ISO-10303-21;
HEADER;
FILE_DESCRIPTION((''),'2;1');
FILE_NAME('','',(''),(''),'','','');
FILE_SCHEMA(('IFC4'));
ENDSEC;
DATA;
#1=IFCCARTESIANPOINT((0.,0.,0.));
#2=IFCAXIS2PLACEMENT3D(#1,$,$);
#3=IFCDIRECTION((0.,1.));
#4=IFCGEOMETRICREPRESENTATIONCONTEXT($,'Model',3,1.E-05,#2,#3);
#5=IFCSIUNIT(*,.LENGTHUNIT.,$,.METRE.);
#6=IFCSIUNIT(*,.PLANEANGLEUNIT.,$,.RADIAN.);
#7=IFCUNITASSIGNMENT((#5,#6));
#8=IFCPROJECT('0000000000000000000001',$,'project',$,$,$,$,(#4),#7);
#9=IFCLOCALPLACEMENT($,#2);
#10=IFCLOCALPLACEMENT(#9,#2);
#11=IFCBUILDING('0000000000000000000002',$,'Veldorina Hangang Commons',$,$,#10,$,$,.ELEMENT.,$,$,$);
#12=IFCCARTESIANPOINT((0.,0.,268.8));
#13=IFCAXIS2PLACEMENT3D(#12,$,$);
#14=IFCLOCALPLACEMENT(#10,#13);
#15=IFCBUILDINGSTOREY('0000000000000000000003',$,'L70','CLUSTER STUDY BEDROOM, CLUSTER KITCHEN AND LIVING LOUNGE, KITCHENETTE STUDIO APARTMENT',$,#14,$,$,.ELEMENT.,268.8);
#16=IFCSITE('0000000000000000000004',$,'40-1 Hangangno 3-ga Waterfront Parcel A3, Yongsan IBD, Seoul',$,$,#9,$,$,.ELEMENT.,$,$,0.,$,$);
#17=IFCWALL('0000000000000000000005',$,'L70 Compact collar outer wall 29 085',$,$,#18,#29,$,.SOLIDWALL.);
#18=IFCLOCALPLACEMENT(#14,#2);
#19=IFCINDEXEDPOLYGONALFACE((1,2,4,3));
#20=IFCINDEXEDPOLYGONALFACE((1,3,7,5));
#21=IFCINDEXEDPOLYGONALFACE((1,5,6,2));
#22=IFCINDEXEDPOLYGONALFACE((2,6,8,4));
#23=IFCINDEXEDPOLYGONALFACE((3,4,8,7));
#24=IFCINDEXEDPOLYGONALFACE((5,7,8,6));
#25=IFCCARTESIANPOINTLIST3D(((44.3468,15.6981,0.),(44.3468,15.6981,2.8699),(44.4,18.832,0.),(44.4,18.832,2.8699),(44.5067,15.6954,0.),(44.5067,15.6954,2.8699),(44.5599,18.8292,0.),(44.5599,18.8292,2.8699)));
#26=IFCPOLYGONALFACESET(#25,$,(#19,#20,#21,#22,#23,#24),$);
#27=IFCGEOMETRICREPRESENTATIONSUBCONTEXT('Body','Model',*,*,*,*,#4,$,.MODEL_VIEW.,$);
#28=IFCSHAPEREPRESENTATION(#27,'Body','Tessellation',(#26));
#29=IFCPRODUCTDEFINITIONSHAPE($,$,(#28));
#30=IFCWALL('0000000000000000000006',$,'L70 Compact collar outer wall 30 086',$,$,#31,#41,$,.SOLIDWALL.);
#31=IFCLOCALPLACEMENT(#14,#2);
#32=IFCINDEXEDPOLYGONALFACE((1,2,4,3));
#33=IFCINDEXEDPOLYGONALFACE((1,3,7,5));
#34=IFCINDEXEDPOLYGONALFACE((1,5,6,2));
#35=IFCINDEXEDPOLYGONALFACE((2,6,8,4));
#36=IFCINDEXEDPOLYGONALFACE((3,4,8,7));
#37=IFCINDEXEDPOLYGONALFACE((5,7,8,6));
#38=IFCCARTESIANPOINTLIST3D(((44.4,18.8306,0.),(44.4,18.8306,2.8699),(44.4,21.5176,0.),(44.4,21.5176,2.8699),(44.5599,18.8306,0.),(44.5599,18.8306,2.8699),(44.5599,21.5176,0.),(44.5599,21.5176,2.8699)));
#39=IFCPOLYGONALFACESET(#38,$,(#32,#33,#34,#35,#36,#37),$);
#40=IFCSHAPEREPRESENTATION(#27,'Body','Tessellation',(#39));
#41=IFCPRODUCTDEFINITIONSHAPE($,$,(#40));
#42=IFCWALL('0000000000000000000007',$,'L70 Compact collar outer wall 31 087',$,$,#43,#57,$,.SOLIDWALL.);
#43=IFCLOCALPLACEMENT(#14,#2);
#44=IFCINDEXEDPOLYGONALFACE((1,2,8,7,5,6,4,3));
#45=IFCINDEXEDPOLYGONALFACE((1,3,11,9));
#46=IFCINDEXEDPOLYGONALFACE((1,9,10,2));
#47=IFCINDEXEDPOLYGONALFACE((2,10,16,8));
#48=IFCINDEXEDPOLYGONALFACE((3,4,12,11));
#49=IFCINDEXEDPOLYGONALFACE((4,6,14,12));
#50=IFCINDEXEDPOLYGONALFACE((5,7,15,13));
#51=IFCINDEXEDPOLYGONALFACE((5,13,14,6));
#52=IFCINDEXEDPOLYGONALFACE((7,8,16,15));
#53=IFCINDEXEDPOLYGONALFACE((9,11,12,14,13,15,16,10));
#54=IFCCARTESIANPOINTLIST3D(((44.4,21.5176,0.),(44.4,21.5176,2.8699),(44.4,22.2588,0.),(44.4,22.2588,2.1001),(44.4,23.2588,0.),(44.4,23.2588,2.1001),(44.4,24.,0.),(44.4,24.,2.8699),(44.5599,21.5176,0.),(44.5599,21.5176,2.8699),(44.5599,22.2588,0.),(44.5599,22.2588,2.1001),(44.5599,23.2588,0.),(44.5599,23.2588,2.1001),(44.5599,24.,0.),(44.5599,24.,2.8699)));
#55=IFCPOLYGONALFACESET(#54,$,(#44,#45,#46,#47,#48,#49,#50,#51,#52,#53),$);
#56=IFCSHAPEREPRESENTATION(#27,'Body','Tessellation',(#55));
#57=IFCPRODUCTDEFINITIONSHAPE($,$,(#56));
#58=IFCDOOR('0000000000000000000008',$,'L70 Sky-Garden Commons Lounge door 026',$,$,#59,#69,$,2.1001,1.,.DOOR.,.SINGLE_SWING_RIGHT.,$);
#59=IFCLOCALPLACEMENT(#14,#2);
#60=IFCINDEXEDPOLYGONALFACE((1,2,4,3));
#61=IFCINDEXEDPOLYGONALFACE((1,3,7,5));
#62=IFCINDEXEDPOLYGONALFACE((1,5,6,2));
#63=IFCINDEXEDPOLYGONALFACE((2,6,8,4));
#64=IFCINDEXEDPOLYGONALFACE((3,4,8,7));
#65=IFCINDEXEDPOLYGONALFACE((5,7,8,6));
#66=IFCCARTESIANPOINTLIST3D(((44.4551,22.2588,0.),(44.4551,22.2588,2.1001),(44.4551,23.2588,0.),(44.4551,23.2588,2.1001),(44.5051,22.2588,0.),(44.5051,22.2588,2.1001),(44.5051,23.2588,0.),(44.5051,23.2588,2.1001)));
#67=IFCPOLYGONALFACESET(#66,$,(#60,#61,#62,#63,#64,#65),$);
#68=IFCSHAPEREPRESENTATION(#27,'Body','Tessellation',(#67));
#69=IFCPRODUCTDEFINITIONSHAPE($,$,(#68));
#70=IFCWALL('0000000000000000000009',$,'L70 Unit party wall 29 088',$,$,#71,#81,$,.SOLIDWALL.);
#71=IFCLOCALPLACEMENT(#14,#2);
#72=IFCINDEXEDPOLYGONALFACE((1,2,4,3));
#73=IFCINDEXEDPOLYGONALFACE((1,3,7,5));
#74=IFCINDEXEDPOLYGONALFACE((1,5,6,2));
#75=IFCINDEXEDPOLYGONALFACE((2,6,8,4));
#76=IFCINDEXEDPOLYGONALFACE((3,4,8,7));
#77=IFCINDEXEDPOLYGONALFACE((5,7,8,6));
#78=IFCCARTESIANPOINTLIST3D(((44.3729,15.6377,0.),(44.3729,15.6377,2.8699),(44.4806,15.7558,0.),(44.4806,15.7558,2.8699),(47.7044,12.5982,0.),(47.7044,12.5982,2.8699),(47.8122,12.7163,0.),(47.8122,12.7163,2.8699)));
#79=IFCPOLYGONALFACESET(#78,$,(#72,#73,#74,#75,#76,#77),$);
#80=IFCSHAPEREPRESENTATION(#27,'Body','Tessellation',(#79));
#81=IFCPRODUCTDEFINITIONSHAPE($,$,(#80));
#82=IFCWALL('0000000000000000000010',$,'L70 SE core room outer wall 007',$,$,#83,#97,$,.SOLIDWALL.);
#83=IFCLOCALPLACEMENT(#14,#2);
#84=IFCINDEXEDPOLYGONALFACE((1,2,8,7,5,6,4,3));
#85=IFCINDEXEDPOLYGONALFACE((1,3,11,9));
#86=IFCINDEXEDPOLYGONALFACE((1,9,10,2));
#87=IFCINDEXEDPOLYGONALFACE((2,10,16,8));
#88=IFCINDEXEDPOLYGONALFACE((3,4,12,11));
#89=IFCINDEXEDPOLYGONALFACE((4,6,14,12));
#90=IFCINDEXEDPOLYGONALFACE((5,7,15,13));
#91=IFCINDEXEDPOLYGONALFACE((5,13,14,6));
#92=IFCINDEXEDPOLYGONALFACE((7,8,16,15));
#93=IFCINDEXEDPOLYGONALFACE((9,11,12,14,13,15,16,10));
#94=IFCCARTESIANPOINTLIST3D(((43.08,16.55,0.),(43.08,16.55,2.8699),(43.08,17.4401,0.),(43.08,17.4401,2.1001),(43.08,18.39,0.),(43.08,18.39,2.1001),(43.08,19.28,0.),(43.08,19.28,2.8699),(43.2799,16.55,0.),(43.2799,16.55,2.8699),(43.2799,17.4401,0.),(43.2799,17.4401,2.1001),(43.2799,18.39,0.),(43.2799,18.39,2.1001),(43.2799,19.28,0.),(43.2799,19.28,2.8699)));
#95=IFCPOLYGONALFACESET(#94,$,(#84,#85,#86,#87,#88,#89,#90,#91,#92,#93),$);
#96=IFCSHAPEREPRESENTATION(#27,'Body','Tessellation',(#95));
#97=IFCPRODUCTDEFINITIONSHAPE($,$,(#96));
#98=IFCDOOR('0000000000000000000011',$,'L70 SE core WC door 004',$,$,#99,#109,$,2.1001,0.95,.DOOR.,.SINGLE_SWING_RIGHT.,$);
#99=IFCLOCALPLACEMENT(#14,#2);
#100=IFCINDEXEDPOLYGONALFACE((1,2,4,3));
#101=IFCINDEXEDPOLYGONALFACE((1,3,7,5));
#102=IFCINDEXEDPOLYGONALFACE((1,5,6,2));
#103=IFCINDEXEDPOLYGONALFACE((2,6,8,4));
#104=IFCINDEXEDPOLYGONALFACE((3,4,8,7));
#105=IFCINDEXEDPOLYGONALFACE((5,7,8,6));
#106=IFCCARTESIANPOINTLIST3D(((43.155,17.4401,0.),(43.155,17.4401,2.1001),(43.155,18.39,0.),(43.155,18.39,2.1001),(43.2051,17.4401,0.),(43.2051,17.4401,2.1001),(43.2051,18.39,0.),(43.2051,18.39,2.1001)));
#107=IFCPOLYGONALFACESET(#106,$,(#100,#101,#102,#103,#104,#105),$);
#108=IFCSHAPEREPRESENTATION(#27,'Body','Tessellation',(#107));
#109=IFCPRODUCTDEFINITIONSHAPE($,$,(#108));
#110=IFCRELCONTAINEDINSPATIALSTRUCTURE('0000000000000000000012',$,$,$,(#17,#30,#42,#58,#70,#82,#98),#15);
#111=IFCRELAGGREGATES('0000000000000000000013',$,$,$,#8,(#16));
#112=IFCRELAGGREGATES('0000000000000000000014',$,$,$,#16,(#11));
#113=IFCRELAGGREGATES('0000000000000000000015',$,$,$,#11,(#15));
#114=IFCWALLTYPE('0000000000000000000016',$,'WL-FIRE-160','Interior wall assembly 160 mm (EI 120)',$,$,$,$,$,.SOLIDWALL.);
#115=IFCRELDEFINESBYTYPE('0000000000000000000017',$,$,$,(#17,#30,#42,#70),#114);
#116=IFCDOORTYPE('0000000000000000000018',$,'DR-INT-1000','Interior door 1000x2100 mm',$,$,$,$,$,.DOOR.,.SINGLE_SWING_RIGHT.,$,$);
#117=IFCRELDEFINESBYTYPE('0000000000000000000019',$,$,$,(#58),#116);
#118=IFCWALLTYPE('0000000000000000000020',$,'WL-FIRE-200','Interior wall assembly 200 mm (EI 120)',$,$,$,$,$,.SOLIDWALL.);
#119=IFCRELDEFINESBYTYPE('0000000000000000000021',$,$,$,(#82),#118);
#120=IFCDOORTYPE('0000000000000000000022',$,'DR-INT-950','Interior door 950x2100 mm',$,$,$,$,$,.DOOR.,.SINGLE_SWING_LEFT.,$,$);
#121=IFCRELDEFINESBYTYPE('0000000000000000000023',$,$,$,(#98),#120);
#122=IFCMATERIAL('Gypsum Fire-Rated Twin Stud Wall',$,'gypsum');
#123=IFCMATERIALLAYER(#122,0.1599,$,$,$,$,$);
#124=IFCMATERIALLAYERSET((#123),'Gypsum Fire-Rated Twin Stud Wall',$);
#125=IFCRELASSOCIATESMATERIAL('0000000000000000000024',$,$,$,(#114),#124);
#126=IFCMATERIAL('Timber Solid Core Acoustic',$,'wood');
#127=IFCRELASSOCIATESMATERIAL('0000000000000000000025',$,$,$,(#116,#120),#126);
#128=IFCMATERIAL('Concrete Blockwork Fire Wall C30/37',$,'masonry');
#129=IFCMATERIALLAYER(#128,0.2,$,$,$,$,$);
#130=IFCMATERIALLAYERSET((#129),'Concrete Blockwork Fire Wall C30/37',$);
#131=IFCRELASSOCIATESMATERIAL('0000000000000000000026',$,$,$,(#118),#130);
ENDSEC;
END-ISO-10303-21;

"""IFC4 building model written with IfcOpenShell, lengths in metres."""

from ifc_helpers import new_model, si_unit, direction, frame, frame_2d, origin, place, context, subcontext, project, spatial, rectangle, extrude, material, layer, layer_set, type_object, element, fill, save


model = new_model("IFC4")

# Units and contexts
model_context = context("Model", 3, precision=1e-05, world=origin(), true_north=direction((0.0, 1.0)))
body_context = subcontext(model_context, "Body", "Model", "MODEL_VIEW")
ifc_project = project(units=[si_unit("LENGTHUNIT", "METRE"), si_unit("PLANEANGLEUNIT", "RADIAN")], contexts=[model_context])

# Site, building, storey
site_placement = place(None, origin())
site = spatial("IfcSite", under=ifc_project, at=site_placement, Name="40-1 Hangangno 3-ga Waterfront Parcel A3, Yongsan IBD, Seoul", CompositionType="ELEMENT", RefElevation=0.0)
building_placement = place(site_placement, origin())
building = spatial("IfcBuilding", under=site, at=building_placement, Name="Veldorina Hangang Commons", CompositionType="ELEMENT")
storey_placement = place(building_placement, frame((0.0, 0.0, 268.8)))
storey = spatial("IfcBuildingStorey", under=building, at=storey_placement, Name="L70", Description="CLUSTER STUDY BEDROOM, CLUSTER KITCHEN AND LIVING LOUNGE, KITCHENETTE STUDIO APARTMENT", CompositionType="ELEMENT", Elevation=268.8)

# Walls
ifc_material_1 = material(Name="Gypsum Fire-Rated Twin Stud Wall", Category="gypsum")
ifc_layer_1 = layer(ifc_material_1, 0.1599)
ifc_layer_set_1 = layer_set([ifc_layer_1], Name="Gypsum Fire-Rated Twin Stud Wall")
wall_type_1 = type_object("IfcWallType", Name="WL-FIRE-160", Description="Interior wall assembly 160 mm (EI 120)", PredefinedType="SOLIDWALL", material=ifc_layer_set_1)
wall_1_placement = place(storey_placement, frame((44.4268, 15.6968, 0.0), z_axis=(0.0, 0.0, 1.0), x_axis=(0.016981, 0.999856, 0.0)))
element("IfcWall", 1, at=wall_1_placement, inside=storey, type_object=wall_type_1, Name="L70 Compact collar outer wall 29 085", PredefinedType="SOLIDWALL", context=body_context, shape_type="SweptSolid", body=[
    extrude(rectangle(XDim=3.1343, YDim=0.1599, at=frame_2d((1.5671, 0.0))), origin(), (0.0, 0.0, 1.0), 2.8699),
])
wall_2_placement = place(storey_placement, frame((44.48, 18.8306, 0.0), z_axis=(0.0, 0.0, 1.0), x_axis=(0.0, 1.0, 0.0)))
element("IfcWall", 2, at=wall_2_placement, inside=storey, type_object=wall_type_1, Name="L70 Compact collar outer wall 30 086", PredefinedType="SOLIDWALL", context=body_context, shape_type="SweptSolid", body=[
    extrude(rectangle(XDim=2.687, YDim=0.1599, at=frame_2d((1.3435, 0.0))), origin(), (0.0, 0.0, 1.0), 2.8699),
])

# Wall, opening, door
wall_3_placement = place(storey_placement, frame((44.48, 21.5176, 0.0), z_axis=(0.0, 0.0, 1.0), x_axis=(0.0, 1.0, 0.0)))
wall_3 = element("IfcWall", 3, at=wall_3_placement, inside=storey, type_object=wall_type_1, Name="L70 Compact collar outer wall 31 087", PredefinedType="SOLIDWALL", context=body_context, shape_type="SweptSolid", body=[
    extrude(rectangle(XDim=2.4824, YDim=0.1599, at=frame_2d((1.2412, 0.0))), origin(), (0.0, 0.0, 1.0), 2.8699),
])
opening_1_placement = place(wall_3_placement, frame((0.7412, 0.0, 0.0)))
opening_1 = element("IfcOpeningElement", 4, at=opening_1_placement, cuts=wall_3, PredefinedType="OPENING", context=body_context, shape_type="SweptSolid", body=[
    extrude(rectangle(XDim=1.0, YDim=2.1001, at=frame_2d((0.5, 1.05))), frame((0.0, 0.0898, 0.0), z_axis=(0.0, -1.0, 0.0), x_axis=(1.0, 0.0, 0.0)), (0.0, 0.0, 1.0), 0.1799),
])
ifc_material_2 = material(Name="Timber Solid Core Acoustic", Category="wood")
door_type_1 = type_object("IfcDoorType", Name="DR-INT-1000", Description="Interior door 1000x2100 mm", OperationType="SINGLE_SWING_RIGHT", PredefinedType="DOOR", material=ifc_material_2)
door_1_placement = place(opening_1_placement, origin())
door_1 = element("IfcDoor", 5, at=door_1_placement, inside=storey, type_object=door_type_1, Name="L70 Sky-Garden Commons Lounge door 026", OperationType="SINGLE_SWING_RIGHT", OverallHeight=2.1001, OverallWidth=1.0, PredefinedType="DOOR", context=body_context, shape_type="SweptSolid", body=[
    extrude(rectangle(XDim=1.0, YDim=2.1001, at=frame_2d((0.5, 1.05))), frame((0.0, 0.0249, 0.0), z_axis=(0.0, -1.0, 0.0), x_axis=(1.0, 0.0, 0.0)), (0.0, 0.0, 1.0), 0.05),
])
fill(opening_1, door_1)

# Wall
wall_4_placement = place(storey_placement, frame((44.4268, 15.6968, 0.0), z_axis=(0.0, 0.0, 1.0), x_axis=(0.738739, -0.673992, 0.0)))
element("IfcWall", 6, at=wall_4_placement, inside=storey, type_object=wall_type_1, Name="L70 Unit party wall 29 088", PredefinedType="SOLIDWALL", context=body_context, shape_type="SweptSolid", body=[
    extrude(rectangle(XDim=4.5098, YDim=0.1599, at=frame_2d((2.2549, 0.0))), origin(), (0.0, 0.0, 1.0), 2.8699),
])

# Wall, opening, door
ifc_material_3 = material(Name="Concrete Blockwork Fire Wall C30/37", Category="masonry")
ifc_layer_2 = layer(ifc_material_3, 0.2)
ifc_layer_set_2 = layer_set([ifc_layer_2], Name="Concrete Blockwork Fire Wall C30/37")
wall_type_2 = type_object("IfcWallType", Name="WL-FIRE-200", Description="Interior wall assembly 200 mm (EI 120)", PredefinedType="SOLIDWALL", material=ifc_layer_set_2)
wall_5_placement = place(storey_placement, frame((43.1799, 16.55, 0.0), z_axis=(0.0, 0.0, 1.0), x_axis=(0.0, 1.0, 0.0)))
wall_5 = element("IfcWall", 7, at=wall_5_placement, inside=storey, type_object=wall_type_2, Name="L70 SE core room outer wall 007", PredefinedType="SOLIDWALL", context=body_context, shape_type="SweptSolid", body=[
    extrude(rectangle(XDim=2.73, YDim=0.2, at=frame_2d((1.365, 0.0))), origin(), (0.0, 0.0, 1.0), 2.8699),
])
opening_2_placement = place(wall_5_placement, frame((0.8899, 0.0, 0.0)))
opening_2 = element("IfcOpeningElement", 8, at=opening_2_placement, cuts=wall_5, PredefinedType="OPENING", context=body_context, shape_type="SweptSolid", body=[
    extrude(rectangle(XDim=0.95, YDim=2.1001, at=frame_2d((0.4751, 1.05))), frame((0.0, 0.1099, 0.0), z_axis=(0.0, -1.0, 0.0), x_axis=(1.0, 0.0, 0.0)), (0.0, 0.0, 1.0), 0.22),
])
door_type_2 = type_object("IfcDoorType", Name="DR-INT-950", Description="Interior door 950x2100 mm", OperationType="SINGLE_SWING_LEFT", PredefinedType="DOOR", material=ifc_material_2)
door_2_placement = place(opening_2_placement, origin())
door_2 = element("IfcDoor", 9, at=door_2_placement, inside=storey, type_object=door_type_2, Name="L70 SE core WC door 004", OperationType="SINGLE_SWING_RIGHT", OverallHeight=2.1001, OverallWidth=0.95, PredefinedType="DOOR", context=body_context, shape_type="SweptSolid", body=[
    extrude(rectangle(XDim=0.95, YDim=2.1001, at=frame_2d((0.4751, 1.05))), frame((0.0, 0.0249, 0.0), z_axis=(0.0, -1.0, 0.0), x_axis=(1.0, 0.0, 0.0)), (0.0, 0.0, 1.0), 0.05),
])
fill(opening_2, door_2)

save(model, "model.ifc")
